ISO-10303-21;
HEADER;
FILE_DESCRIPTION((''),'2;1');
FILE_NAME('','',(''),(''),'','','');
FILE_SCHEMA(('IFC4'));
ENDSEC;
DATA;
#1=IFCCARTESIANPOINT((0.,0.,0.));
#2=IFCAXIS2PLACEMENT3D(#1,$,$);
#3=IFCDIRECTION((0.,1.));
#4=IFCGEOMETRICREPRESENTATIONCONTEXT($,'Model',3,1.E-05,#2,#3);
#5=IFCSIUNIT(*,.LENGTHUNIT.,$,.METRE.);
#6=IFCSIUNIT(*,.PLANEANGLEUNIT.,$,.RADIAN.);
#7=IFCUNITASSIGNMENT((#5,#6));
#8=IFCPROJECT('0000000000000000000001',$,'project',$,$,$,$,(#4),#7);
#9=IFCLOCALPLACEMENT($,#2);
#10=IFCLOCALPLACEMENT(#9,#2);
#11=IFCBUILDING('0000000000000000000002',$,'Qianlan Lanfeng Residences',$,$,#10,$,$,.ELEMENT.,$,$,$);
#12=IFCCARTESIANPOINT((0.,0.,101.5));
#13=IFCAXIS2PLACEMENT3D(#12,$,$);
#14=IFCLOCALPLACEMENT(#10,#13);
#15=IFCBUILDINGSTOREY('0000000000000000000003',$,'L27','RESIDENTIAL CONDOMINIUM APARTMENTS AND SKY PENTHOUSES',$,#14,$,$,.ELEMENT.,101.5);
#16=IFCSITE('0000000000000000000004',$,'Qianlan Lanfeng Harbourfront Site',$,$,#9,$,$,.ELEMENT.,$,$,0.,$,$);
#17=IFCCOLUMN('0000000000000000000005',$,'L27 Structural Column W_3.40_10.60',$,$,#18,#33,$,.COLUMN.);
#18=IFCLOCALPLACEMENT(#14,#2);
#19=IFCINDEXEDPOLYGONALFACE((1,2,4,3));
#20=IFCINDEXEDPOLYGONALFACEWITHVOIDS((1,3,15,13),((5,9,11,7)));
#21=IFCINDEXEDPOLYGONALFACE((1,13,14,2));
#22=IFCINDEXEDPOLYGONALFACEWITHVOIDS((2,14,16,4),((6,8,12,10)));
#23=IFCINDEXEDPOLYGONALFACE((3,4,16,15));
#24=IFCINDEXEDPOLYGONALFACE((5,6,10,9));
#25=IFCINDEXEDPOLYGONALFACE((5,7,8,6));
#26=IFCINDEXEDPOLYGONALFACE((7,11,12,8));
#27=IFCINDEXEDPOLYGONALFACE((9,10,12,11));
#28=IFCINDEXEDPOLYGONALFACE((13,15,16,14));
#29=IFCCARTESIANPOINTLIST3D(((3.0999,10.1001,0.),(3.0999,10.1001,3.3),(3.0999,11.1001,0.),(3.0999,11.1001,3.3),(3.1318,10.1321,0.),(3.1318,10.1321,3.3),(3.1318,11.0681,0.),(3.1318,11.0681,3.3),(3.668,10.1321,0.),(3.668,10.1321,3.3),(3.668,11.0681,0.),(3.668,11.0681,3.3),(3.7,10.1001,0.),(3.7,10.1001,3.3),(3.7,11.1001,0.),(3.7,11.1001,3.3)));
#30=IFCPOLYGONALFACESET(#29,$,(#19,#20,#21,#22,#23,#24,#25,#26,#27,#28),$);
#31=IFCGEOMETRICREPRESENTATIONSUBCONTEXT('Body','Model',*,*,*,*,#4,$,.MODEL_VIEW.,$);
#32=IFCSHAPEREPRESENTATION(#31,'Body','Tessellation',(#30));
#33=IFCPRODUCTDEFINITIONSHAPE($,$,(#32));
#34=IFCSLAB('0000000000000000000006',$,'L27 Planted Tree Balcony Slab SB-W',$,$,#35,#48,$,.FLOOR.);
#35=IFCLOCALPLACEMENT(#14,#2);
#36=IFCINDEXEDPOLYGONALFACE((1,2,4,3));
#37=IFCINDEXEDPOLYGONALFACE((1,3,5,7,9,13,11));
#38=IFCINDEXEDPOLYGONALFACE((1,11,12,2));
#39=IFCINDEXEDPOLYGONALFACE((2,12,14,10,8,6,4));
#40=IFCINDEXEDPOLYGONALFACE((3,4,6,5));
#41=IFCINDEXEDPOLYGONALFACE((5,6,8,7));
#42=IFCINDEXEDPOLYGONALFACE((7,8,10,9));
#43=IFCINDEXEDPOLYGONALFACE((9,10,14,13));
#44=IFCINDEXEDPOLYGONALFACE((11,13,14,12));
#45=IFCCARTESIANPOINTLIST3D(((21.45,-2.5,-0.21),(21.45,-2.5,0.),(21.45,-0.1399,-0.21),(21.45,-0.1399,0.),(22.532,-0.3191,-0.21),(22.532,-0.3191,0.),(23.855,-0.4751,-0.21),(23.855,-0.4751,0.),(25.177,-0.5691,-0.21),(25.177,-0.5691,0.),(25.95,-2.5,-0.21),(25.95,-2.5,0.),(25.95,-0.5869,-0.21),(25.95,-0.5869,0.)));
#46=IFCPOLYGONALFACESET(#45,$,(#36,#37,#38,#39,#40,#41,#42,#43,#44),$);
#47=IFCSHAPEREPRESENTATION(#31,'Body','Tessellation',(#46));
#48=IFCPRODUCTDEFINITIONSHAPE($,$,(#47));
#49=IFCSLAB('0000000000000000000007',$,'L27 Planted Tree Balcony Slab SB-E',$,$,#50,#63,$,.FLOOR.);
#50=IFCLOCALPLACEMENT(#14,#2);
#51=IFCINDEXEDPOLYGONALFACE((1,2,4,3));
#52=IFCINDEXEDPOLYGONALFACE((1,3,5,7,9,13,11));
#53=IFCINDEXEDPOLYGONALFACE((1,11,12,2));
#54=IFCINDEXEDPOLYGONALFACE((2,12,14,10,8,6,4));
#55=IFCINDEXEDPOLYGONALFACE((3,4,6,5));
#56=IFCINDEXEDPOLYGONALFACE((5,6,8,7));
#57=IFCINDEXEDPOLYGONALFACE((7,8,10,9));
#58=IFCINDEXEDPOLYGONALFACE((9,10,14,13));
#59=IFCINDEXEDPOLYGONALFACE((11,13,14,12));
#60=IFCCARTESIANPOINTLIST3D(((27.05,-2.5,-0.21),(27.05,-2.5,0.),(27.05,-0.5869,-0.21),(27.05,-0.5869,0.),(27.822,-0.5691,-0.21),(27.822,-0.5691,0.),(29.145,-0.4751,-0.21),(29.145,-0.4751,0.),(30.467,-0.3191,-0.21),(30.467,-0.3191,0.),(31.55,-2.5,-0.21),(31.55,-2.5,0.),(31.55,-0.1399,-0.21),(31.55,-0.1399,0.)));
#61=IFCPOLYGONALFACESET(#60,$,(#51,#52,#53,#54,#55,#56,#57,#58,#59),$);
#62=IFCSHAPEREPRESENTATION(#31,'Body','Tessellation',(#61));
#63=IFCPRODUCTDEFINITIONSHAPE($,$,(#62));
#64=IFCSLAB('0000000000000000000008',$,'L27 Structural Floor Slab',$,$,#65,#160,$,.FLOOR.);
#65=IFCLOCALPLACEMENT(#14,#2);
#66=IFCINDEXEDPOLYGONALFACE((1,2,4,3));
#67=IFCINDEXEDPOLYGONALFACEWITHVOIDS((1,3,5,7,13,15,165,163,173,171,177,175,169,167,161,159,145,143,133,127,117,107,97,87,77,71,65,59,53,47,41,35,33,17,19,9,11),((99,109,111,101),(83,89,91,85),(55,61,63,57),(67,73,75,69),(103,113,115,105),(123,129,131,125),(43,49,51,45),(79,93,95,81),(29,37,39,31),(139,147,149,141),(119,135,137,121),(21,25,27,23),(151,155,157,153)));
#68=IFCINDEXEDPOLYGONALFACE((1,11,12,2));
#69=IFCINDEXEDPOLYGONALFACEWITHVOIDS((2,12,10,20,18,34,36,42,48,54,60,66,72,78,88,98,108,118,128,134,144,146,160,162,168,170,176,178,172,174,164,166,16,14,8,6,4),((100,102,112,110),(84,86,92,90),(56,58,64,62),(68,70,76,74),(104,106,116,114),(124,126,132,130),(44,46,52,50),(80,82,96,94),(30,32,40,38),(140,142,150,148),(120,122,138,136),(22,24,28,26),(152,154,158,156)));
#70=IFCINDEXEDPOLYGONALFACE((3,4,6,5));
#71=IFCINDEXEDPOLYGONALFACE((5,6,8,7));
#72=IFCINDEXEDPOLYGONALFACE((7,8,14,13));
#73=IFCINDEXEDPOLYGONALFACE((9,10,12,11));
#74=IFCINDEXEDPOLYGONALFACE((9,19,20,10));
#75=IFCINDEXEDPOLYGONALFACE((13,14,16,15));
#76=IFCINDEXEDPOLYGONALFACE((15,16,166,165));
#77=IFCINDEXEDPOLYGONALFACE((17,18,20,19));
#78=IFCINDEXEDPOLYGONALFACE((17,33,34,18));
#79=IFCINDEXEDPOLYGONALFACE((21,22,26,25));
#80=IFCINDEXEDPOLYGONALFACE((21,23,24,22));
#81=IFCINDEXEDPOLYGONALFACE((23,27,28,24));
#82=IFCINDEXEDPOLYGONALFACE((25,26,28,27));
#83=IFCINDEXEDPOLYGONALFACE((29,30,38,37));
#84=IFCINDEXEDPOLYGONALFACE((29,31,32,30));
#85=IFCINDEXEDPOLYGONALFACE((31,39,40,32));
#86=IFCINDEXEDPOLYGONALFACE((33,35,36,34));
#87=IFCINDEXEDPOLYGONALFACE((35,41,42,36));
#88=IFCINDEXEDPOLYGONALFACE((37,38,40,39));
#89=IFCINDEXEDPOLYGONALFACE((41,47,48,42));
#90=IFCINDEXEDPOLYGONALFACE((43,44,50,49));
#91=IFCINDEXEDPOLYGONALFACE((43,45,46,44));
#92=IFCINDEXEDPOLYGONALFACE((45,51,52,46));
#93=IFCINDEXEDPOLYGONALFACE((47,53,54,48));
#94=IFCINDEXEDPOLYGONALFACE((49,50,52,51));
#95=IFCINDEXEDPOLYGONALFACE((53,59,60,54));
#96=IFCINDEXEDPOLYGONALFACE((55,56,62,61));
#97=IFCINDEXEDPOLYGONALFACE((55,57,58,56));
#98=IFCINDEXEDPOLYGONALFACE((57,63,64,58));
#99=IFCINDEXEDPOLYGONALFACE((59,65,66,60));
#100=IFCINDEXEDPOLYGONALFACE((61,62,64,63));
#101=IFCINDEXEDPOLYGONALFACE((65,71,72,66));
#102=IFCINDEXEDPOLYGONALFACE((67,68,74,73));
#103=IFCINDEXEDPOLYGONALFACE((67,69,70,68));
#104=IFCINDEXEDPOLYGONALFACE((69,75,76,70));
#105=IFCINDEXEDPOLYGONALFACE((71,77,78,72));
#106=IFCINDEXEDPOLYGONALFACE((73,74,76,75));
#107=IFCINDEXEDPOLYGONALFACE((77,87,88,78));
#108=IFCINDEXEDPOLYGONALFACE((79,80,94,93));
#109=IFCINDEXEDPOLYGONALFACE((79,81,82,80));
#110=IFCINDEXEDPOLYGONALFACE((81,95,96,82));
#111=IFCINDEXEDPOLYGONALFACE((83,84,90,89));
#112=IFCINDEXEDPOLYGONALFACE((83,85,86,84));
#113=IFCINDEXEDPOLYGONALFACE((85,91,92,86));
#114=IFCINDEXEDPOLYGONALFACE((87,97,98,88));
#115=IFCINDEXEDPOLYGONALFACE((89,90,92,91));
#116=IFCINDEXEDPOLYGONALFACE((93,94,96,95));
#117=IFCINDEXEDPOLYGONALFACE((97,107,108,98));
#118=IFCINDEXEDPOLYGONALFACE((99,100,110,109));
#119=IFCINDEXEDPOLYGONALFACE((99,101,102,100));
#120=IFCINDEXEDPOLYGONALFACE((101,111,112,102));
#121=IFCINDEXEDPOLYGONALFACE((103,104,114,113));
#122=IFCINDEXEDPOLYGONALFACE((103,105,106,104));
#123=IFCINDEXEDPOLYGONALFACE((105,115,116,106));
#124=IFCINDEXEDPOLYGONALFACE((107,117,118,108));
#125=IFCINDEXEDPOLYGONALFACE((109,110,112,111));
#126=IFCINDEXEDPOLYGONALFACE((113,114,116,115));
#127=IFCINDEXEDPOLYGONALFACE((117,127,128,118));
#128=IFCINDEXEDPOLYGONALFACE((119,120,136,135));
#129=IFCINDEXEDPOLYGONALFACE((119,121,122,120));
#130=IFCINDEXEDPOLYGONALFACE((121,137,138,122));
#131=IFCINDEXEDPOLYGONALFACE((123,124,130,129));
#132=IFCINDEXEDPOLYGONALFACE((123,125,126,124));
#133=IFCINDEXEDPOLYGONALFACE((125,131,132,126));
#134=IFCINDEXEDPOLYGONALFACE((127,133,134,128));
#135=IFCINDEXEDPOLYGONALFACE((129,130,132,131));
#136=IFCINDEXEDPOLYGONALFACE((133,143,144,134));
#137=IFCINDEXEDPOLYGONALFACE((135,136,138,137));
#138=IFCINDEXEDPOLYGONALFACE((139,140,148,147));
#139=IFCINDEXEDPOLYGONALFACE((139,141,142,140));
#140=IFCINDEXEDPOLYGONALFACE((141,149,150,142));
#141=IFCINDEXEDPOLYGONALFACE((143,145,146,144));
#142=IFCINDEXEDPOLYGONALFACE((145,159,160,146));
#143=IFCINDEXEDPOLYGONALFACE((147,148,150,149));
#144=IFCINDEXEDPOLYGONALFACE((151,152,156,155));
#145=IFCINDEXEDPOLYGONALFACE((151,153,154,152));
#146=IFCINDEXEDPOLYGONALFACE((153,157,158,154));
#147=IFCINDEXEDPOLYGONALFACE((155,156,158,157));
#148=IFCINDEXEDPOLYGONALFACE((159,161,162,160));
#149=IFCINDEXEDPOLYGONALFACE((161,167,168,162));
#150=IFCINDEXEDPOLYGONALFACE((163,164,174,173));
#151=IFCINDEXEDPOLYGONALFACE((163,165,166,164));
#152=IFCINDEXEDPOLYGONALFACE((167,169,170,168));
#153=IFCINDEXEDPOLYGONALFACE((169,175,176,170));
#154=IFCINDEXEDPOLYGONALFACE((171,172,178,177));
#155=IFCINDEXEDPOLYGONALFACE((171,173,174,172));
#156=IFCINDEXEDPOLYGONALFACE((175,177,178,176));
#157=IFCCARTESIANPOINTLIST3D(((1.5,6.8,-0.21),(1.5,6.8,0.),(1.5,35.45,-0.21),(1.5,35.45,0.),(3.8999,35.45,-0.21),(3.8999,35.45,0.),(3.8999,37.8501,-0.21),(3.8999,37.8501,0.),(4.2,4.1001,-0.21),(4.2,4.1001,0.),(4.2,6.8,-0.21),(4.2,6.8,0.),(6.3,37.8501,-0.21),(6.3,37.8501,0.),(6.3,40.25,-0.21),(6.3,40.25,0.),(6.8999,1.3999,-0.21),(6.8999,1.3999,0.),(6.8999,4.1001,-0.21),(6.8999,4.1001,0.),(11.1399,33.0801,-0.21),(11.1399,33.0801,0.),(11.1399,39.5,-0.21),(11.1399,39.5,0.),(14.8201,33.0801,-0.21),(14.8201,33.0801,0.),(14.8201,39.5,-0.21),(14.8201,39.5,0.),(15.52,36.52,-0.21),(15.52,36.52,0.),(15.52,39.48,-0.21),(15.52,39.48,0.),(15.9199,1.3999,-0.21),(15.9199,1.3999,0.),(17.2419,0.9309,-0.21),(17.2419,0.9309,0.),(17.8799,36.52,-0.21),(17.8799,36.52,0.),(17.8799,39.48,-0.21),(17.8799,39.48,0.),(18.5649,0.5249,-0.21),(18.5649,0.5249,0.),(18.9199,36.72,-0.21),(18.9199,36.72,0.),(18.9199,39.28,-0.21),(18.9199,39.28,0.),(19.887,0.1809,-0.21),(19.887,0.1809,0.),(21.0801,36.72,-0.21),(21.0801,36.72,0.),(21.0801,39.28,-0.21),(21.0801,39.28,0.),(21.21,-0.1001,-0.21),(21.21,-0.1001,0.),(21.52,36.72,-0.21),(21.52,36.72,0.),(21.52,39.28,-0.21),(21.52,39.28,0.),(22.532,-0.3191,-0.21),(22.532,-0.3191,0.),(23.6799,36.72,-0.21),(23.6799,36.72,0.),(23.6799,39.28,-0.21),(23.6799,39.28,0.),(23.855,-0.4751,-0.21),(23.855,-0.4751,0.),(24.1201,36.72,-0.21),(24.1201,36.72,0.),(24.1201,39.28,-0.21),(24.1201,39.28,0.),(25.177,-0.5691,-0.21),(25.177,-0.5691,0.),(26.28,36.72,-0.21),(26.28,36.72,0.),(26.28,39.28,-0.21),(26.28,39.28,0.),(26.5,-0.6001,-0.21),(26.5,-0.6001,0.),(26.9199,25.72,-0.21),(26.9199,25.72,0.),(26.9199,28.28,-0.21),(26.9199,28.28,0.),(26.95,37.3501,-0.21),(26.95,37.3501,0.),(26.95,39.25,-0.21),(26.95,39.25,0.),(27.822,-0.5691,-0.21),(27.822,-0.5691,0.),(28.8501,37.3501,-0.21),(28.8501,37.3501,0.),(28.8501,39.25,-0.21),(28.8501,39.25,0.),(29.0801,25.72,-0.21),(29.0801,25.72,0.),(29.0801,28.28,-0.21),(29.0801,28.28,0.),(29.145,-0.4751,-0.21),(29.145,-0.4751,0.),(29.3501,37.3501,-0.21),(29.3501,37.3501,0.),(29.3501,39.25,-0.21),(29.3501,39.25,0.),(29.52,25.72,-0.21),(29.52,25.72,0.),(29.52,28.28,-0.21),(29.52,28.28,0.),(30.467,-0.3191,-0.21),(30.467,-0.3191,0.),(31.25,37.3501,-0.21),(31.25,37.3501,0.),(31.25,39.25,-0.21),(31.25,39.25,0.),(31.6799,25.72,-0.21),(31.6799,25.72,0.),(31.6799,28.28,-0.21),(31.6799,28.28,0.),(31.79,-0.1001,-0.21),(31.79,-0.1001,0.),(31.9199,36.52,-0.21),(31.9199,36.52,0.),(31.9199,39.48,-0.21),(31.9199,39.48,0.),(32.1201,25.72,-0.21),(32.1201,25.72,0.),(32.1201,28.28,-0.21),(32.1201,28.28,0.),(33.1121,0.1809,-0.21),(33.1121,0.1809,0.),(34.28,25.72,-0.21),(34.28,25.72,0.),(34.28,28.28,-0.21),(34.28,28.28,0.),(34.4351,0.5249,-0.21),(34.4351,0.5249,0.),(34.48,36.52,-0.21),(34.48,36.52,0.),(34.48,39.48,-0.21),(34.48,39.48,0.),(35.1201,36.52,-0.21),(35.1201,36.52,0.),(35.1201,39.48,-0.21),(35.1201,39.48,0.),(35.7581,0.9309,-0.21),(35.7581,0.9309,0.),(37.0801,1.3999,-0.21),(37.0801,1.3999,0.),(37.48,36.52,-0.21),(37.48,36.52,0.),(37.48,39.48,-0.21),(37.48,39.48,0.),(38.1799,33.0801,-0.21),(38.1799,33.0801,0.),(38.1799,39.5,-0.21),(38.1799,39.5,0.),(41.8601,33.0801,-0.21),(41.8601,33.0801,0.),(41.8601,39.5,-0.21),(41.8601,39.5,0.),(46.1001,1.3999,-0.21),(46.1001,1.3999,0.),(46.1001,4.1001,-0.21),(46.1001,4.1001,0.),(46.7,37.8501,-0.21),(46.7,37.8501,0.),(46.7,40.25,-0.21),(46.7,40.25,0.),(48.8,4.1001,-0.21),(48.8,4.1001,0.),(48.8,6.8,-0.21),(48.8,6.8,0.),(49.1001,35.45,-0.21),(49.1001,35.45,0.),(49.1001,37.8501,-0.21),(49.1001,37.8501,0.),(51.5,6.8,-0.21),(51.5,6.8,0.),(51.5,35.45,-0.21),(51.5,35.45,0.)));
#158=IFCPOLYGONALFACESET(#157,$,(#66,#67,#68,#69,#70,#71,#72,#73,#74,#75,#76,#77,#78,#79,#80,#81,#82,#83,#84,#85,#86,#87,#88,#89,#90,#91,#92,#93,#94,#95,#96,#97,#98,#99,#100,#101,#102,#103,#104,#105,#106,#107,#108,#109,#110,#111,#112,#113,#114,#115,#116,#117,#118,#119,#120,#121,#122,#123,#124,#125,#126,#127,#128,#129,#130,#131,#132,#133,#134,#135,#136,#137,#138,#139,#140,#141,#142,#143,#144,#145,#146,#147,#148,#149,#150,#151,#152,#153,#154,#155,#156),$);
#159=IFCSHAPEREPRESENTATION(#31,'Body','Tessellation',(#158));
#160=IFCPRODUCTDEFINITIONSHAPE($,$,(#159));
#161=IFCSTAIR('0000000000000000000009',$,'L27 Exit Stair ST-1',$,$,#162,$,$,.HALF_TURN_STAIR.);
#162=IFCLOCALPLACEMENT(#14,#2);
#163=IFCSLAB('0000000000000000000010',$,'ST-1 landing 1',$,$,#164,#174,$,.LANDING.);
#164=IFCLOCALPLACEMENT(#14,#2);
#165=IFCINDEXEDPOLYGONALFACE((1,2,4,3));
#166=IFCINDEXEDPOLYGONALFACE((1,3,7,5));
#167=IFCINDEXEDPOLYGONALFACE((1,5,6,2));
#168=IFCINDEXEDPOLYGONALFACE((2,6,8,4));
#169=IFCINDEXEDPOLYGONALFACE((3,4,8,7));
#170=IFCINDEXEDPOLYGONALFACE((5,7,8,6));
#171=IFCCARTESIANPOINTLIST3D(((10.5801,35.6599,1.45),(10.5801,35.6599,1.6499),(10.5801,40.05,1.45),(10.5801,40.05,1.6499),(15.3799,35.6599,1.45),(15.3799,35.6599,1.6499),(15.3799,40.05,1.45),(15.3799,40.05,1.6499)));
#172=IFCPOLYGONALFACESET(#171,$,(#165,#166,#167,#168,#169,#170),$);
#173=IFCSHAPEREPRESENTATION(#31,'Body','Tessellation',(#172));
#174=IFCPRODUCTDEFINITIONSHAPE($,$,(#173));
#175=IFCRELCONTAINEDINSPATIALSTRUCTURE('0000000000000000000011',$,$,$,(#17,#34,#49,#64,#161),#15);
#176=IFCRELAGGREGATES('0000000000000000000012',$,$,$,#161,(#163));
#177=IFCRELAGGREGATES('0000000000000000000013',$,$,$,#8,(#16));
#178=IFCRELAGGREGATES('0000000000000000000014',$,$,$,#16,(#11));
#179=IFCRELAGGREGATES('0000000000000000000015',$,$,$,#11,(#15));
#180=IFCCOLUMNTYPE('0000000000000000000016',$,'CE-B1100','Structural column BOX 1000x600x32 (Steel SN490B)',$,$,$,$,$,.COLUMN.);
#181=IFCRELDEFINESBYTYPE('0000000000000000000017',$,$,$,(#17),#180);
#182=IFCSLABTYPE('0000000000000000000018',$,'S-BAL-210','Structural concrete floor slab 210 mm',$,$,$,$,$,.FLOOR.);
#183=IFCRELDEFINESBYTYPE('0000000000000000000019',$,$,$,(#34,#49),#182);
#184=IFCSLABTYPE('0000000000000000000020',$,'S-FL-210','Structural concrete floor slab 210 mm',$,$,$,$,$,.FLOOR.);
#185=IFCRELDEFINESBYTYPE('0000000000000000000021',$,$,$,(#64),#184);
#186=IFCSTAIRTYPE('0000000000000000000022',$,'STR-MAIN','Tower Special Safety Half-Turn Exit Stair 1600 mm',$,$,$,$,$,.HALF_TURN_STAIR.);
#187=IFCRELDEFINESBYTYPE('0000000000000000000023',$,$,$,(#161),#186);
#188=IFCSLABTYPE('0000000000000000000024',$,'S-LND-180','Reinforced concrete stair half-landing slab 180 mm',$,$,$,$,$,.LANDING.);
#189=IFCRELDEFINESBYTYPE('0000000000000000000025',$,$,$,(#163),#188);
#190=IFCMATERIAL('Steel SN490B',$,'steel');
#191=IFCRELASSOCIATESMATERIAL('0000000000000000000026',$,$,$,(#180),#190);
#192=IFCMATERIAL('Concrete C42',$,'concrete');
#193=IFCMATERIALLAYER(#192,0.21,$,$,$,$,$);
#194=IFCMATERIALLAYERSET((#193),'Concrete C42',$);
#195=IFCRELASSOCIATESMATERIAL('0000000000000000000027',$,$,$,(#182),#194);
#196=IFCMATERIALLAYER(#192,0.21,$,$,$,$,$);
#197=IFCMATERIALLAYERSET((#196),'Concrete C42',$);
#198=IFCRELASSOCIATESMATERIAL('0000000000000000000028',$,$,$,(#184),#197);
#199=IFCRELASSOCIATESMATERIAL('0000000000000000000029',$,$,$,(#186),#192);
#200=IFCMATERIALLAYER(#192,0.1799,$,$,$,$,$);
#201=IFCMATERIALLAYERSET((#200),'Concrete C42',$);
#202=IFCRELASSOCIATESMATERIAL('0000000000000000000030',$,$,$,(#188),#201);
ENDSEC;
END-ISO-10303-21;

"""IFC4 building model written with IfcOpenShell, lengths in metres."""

from ifc_helpers import new_model, si_unit, direction, frame, origin, origin_2d, place, context, subcontext, project, spatial, polyline, hollow_rectangle, outline, extrude, material, layer, layer_set, material_profile, profile_set, type_object, element, aggregate, save


model = new_model("IFC4")

# Units and contexts
model_context = context("Model", 3, precision=1e-05, world=origin(), true_north=direction((0.0, 1.0)))
body_context = subcontext(model_context, "Body", "Model", "MODEL_VIEW")
ifc_project = project(units=[si_unit("LENGTHUNIT", "METRE"), si_unit("PLANEANGLEUNIT", "RADIAN")], contexts=[model_context])

# Site, building, storey
site_placement = place(None, origin())
site = spatial("IfcSite", under=ifc_project, at=site_placement, Name="Qianlan Lanfeng Harbourfront Site", CompositionType="ELEMENT", RefElevation=0.0)
building_placement = place(site_placement, origin())
building = spatial("IfcBuilding", under=site, at=building_placement, Name="Qianlan Lanfeng Residences", CompositionType="ELEMENT")
storey_placement = place(building_placement, frame((0.0, 0.0, 101.5)))
storey = spatial("IfcBuildingStorey", under=building, at=storey_placement, Name="L27", Description="RESIDENTIAL CONDOMINIUM APARTMENTS AND SKY PENTHOUSES", CompositionType="ELEMENT", Elevation=101.5)

# Column
ifc_material_1 = material(Name="Steel SN490B", Category="steel")
ifc_material_profile = material_profile(ifc_material_1, hollow_rectangle(XDim=0.6001, YDim=1.0, WallThickness=0.032, at=origin_2d()), Name="BOX 1000x600x32")
ifc_profile_set = profile_set([ifc_material_profile], Name="Steel SN490B")
column_type = type_object("IfcColumnType", Name="CE-B1100", Description="Structural column BOX 1000x600x32 (Steel SN490B)", PredefinedType="COLUMN", material=ifc_profile_set)
column_placement = place(storey_placement, frame((3.3999, 10.6001, 0.0), z_axis=(0.0, 0.0, 1.0), x_axis=(1.0, 0.0, 0.0)))
element("IfcColumn", 1, at=column_placement, inside=storey, type_object=column_type, Name="L27 Structural Column W_3.40_10.60", PredefinedType="COLUMN", context=body_context, shape_type="SweptSolid", body=[
    extrude(hollow_rectangle(XDim=0.6001, YDim=1.0, WallThickness=0.032, at=origin_2d()), origin(), (0.0, 0.0, 1.0), 3.3),
])

# Slabs
ifc_material_2 = material(Name="Concrete C42", Category="concrete")
ifc_layer_1 = layer(ifc_material_2, 0.21)
ifc_layer_set_1 = layer_set([ifc_layer_1], Name="Concrete C42")
slab_type_1 = type_object("IfcSlabType", Name="S-BAL-210", Description="Structural concrete floor slab 210 mm", PredefinedType="FLOOR", material=ifc_layer_set_1)
slab_1_placement = place(storey_placement, frame((0.0, 0.0, -0.21)))
element("IfcSlab", 2, at=slab_1_placement, inside=storey, type_object=slab_type_1, Name="L27 Planted Tree Balcony Slab SB-W", PredefinedType="FLOOR", context=body_context, shape_type="SweptSolid", body=[
    extrude(outline(polyline([(25.95, -0.5869), (25.177, -0.5691), (23.855, -0.4751), (22.532, -0.3191), (21.45, -0.1399), (21.45, -2.5), (25.95, -2.5), (25.95, -0.5869)])), origin(), (0.0, 0.0, 1.0), 0.21),
])
slab_2_placement = place(storey_placement, frame((0.0, 0.0, -0.21)))
element("IfcSlab", 3, at=slab_2_placement, inside=storey, type_object=slab_type_1, Name="L27 Planted Tree Balcony Slab SB-E", PredefinedType="FLOOR", context=body_context, shape_type="SweptSolid", body=[
    extrude(outline(polyline([(31.55, -0.1399), (30.467, -0.3191), (29.145, -0.4751), (27.822, -0.5691), (27.05, -0.5869), (27.05, -2.5), (31.55, -2.5), (31.55, -0.1399)])), origin(), (0.0, 0.0, 1.0), 0.21),
])
ifc_layer_2 = layer(ifc_material_2, 0.21)
ifc_layer_set_2 = layer_set([ifc_layer_2], Name="Concrete C42")
slab_type_2 = type_object("IfcSlabType", Name="S-FL-210", Description="Structural concrete floor slab 210 mm", PredefinedType="FLOOR", material=ifc_layer_set_2)
slab_3_placement = place(storey_placement, frame((0.0, 0.0, -0.21)))
element("IfcSlab", 4, at=slab_3_placement, inside=storey, type_object=slab_type_2, Name="L27 Structural Floor Slab", PredefinedType="FLOOR", context=body_context, shape_type="SweptSolid", body=[
    extrude(outline(polyline([(1.5, 6.8), (4.2, 6.8), (4.2, 4.1001), (6.8999, 4.1001), (6.8999, 1.3999), (15.9199, 1.3999), (17.2419, 0.9309), (18.5649, 0.5249), (19.887, 0.1809), (21.21, -0.1001), (22.532, -0.3191), (23.855, -0.4751), (25.177, -0.5691), (26.5, -0.6001), (27.822, -0.5691), (29.145, -0.4751), (30.467, -0.3191), (31.79, -0.1001), (33.1121, 0.1809), (34.4351, 0.5249), (35.7581, 0.9309), (37.0801, 1.3999), (46.1001, 1.3999), (46.1001, 4.1001), (48.8, 4.1001), (48.8, 6.8), (51.5, 6.8), (51.5, 35.45), (49.1001, 35.45), (49.1001, 37.8501), (46.7, 37.8501), (46.7, 40.25), (6.3, 40.25), (6.3, 37.8501), (3.8999, 37.8501), (3.8999, 35.45), (1.5, 35.45), (1.5, 6.8)]), holes=[polyline([(11.1399, 33.0801), (11.1399, 39.5), (14.8201, 39.5), (14.8201, 33.0801), (11.1399, 33.0801)]), polyline([(38.1799, 33.0801), (38.1799, 39.5), (41.8601, 39.5), (41.8601, 33.0801), (38.1799, 33.0801)]), polyline([(15.52, 36.52), (15.52, 39.48), (17.8799, 39.48), (17.8799, 36.52), (15.52, 36.52)]), polyline([(35.1201, 36.52), (35.1201, 39.48), (37.48, 39.48), (37.48, 36.52), (35.1201, 36.52)]), polyline([(31.9199, 36.52), (31.9199, 39.48), (34.48, 39.48), (34.48, 36.52), (31.9199, 36.52)]), polyline([(26.9199, 25.72), (26.9199, 28.28), (29.0801, 28.28), (29.0801, 25.72), (26.9199, 25.72)]), polyline([(29.52, 25.72), (29.52, 28.28), (31.6799, 28.28), (31.6799, 25.72), (29.52, 25.72)]), polyline([(32.1201, 25.72), (32.1201, 28.28), (34.28, 28.28), (34.28, 25.72), (32.1201, 25.72)]), polyline([(18.9199, 36.72), (18.9199, 39.28), (21.0801, 39.28), (21.0801, 36.72), (18.9199, 36.72)]), polyline([(21.52, 36.72), (21.52, 39.28), (23.6799, 39.28), (23.6799, 36.72), (21.52, 36.72)]), polyline([(24.1201, 36.72), (24.1201, 39.28), (26.28, 39.28), (26.28, 36.72), (24.1201, 36.72)]), polyline([(26.95, 37.3501), (26.95, 39.25), (28.8501, 39.25), (28.8501, 37.3501), (26.95, 37.3501)]), polyline([(29.3501, 37.3501), (29.3501, 39.25), (31.25, 39.25), (31.25, 37.3501), (29.3501, 37.3501)])]), origin(), (0.0, 0.0, 1.0), 0.21),
])

# Stair, slab
stair_type = type_object("IfcStairType", Name="STR-MAIN", Description="Tower Special Safety Half-Turn Exit Stair 1600 mm", PredefinedType="HALF_TURN_STAIR", material=ifc_material_2)
stair_1_placement = place(storey_placement, origin())
stair_1 = element("IfcStair", 5, at=stair_1_placement, inside=storey, type_object=stair_type, Name="L27 Exit Stair ST-1", PredefinedType="HALF_TURN_STAIR")
ifc_layer_3 = layer(ifc_material_2, 0.1799)
ifc_layer_set_3 = layer_set([ifc_layer_3], Name="Concrete C42")
slab_type_3 = type_object("IfcSlabType", Name="S-LND-180", Description="Reinforced concrete stair half-landing slab 180 mm", PredefinedType="LANDING", material=ifc_layer_set_3)
slab_4_placement = place(storey_placement, frame((0.0, 0.0, 1.45)))
slab_4 = element("IfcSlab", 6, at=slab_4_placement, type_object=slab_type_3, Name="ST-1 landing 1", PredefinedType="LANDING", context=body_context, shape_type="SweptSolid", body=[
    extrude(outline(polyline([(10.5801, 35.6599), (15.3799, 35.6599), (15.3799, 40.05), (10.5801, 40.05), (10.5801, 35.6599)])), origin(), (0.0, 0.0, 1.0), 0.2),
])
aggregate(stair_1, [slab_4])

save(model, "model.ifc")
